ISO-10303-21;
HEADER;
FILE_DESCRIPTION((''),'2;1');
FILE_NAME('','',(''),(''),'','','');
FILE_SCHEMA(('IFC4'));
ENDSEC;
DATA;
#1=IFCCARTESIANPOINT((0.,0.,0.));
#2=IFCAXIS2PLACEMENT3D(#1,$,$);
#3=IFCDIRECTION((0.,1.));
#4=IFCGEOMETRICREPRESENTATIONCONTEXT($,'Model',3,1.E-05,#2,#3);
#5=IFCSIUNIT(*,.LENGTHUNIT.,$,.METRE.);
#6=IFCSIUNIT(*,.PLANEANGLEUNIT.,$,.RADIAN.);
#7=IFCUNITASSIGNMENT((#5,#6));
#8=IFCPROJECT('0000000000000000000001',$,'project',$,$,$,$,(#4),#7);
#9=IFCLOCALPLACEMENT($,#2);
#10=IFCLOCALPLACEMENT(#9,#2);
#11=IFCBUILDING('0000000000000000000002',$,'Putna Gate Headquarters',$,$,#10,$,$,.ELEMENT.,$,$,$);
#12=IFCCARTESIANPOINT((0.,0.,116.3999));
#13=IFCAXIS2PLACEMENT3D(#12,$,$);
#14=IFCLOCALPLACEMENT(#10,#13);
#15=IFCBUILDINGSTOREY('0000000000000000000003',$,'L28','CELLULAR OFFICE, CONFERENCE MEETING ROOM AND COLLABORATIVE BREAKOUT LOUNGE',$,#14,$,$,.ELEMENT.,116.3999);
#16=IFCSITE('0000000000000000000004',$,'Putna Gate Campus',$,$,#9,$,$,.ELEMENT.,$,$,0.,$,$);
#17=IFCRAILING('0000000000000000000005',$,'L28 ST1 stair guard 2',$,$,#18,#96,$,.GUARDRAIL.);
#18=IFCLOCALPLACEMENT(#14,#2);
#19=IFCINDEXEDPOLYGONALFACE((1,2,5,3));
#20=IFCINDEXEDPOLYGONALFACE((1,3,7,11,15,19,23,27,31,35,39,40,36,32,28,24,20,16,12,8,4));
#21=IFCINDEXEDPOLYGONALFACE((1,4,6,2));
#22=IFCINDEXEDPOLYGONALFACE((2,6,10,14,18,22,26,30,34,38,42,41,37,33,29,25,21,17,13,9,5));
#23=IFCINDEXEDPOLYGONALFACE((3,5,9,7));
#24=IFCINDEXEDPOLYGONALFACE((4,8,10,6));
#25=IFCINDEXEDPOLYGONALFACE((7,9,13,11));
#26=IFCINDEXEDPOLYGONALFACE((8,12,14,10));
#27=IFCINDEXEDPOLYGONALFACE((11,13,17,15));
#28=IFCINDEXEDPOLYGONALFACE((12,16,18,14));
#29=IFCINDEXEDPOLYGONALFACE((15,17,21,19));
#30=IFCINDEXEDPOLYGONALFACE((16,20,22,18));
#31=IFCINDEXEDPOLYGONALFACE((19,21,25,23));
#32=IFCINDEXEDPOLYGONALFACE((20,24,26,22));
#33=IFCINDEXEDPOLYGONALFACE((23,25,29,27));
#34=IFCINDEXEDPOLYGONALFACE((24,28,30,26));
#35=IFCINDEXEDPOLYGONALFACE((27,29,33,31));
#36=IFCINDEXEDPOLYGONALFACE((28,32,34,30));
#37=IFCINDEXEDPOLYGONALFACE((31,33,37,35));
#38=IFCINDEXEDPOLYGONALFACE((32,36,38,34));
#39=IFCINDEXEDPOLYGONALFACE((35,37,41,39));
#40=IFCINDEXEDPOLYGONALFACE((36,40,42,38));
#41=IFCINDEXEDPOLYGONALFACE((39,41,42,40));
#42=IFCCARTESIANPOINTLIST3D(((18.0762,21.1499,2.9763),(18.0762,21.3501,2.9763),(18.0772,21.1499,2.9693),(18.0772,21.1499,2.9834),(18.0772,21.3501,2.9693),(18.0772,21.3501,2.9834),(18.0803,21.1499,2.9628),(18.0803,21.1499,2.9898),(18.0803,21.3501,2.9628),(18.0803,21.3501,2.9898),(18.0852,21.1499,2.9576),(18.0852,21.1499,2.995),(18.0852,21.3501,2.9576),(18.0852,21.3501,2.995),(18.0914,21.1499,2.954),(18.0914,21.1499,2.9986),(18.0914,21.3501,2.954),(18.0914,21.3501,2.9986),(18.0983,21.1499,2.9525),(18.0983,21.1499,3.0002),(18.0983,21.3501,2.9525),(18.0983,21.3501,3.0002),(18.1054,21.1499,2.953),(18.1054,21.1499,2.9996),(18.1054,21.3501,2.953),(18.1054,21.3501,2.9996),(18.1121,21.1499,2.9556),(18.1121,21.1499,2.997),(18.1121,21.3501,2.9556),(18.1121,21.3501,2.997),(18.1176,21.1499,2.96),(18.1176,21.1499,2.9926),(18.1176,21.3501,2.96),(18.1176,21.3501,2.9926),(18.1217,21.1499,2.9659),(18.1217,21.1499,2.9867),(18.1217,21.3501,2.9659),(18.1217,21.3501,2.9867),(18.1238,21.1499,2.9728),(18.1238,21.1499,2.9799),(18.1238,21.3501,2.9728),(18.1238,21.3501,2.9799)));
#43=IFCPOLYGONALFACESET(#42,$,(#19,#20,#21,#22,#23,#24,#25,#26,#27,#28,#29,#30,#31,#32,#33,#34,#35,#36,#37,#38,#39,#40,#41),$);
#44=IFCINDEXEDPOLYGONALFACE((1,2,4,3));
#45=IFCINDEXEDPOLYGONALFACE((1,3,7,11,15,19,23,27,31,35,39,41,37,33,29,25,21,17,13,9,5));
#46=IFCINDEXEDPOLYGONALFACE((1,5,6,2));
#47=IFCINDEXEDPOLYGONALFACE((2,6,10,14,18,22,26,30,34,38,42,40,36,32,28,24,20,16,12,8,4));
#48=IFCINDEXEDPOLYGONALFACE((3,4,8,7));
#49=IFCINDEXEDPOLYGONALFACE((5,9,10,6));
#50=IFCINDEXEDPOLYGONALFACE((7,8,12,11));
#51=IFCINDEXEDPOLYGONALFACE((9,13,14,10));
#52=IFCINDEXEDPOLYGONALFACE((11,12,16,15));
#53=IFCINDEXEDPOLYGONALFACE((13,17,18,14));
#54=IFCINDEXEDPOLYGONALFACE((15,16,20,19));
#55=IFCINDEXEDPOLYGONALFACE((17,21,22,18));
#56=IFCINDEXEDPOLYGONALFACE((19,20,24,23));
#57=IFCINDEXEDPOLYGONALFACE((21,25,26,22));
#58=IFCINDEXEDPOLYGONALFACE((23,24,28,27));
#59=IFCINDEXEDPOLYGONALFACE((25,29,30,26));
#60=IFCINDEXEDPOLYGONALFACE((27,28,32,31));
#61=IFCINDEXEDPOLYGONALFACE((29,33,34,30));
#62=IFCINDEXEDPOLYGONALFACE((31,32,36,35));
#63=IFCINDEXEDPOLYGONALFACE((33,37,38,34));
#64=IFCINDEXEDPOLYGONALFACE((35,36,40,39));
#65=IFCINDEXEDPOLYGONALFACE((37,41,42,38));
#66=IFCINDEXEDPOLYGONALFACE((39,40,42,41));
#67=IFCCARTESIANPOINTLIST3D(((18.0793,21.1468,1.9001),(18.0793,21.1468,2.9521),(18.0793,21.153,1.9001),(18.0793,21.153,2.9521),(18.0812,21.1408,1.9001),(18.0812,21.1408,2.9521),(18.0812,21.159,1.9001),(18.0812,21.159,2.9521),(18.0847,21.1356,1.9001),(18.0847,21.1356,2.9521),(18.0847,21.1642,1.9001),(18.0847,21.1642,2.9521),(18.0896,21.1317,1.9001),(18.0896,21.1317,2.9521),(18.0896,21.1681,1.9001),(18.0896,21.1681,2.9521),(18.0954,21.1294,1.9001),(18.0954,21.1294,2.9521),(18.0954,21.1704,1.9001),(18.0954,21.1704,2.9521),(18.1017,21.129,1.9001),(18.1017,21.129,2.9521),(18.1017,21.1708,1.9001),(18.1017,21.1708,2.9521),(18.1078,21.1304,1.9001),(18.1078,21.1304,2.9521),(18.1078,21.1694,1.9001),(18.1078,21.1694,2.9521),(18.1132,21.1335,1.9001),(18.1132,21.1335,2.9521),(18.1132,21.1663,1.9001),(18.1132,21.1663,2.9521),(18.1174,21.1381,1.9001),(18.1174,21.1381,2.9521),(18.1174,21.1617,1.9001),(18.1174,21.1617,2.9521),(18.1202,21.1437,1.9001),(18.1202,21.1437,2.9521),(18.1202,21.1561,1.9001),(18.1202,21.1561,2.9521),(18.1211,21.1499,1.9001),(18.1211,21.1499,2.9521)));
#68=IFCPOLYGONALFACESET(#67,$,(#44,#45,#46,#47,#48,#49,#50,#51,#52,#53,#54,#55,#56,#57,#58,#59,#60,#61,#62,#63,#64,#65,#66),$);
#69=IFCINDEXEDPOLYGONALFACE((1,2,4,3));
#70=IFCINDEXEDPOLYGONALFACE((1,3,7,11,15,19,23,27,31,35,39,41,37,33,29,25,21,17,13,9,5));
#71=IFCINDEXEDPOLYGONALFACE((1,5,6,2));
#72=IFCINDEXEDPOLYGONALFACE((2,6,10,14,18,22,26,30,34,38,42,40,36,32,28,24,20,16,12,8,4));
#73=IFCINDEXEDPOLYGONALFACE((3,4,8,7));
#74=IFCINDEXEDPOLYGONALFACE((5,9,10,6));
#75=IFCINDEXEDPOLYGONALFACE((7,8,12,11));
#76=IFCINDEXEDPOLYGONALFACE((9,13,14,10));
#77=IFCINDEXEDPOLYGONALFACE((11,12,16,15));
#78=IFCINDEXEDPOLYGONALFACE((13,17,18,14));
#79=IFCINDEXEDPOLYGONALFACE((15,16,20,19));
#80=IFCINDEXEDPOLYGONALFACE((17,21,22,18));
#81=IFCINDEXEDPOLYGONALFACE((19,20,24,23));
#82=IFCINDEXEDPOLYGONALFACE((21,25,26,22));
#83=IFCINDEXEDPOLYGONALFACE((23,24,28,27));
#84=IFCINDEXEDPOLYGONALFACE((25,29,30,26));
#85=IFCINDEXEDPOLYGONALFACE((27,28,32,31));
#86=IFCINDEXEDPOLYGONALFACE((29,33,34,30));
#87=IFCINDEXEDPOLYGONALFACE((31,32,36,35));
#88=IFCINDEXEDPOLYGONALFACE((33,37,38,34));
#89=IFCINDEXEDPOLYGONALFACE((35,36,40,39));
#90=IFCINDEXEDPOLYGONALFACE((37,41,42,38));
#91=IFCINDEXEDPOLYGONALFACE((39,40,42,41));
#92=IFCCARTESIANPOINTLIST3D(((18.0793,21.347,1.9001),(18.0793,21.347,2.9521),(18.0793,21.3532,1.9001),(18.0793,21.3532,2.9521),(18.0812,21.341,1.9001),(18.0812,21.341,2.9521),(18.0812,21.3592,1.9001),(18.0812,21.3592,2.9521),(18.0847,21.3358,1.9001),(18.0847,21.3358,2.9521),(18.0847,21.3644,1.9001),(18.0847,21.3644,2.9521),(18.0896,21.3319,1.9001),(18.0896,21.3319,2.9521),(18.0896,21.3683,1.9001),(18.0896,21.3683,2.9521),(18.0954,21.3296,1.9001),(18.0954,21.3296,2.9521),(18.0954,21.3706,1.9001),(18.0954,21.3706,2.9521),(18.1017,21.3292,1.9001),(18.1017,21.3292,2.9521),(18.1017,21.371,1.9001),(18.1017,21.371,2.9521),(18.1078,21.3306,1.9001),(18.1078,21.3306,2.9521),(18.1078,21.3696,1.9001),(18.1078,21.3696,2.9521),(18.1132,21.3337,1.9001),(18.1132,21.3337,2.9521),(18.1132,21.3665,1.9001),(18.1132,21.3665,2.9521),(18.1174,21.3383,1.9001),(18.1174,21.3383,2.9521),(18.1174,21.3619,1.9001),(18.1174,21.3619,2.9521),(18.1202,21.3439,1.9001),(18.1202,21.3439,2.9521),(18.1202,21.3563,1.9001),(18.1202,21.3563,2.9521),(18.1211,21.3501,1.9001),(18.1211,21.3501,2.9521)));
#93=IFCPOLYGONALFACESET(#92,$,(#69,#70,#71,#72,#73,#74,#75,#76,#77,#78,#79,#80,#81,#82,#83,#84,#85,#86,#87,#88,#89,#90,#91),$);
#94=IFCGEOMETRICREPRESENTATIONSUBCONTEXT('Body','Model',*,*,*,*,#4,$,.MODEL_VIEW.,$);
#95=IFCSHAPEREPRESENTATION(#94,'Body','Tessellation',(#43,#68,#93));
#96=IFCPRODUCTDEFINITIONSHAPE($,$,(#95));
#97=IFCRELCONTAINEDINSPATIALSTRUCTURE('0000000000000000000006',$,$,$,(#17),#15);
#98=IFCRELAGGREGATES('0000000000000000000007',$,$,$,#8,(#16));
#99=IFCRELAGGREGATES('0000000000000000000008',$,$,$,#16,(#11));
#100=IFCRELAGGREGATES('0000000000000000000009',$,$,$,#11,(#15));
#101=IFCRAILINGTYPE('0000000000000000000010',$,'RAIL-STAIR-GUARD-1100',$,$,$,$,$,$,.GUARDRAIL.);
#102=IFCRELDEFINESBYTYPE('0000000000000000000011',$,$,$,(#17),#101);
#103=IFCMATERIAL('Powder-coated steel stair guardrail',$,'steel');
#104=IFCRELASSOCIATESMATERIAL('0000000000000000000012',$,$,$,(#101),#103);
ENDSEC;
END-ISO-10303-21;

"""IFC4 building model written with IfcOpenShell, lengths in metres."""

from ifc_helpers import new_model, si_unit, direction, frame, origin, origin_2d, place, context, subcontext, project, spatial, circle, extrude, material, type_object, element, save


model = new_model("IFC4")

# Units and contexts
model_context = context("Model", 3, precision=1e-05, world=origin(), true_north=direction((0.0, 1.0)))
body_context = subcontext(model_context, "Body", "Model", "MODEL_VIEW")
ifc_project = project(units=[si_unit("LENGTHUNIT", "METRE"), si_unit("PLANEANGLEUNIT", "RADIAN")], contexts=[model_context])

# Site, building, storey
site_placement = place(None, origin())
site = spatial("IfcSite", under=ifc_project, at=site_placement, Name="Putna Gate Campus", CompositionType="ELEMENT", RefElevation=0.0)
building_placement = place(site_placement, origin())
building = spatial("IfcBuilding", under=site, at=building_placement, Name="Putna Gate Headquarters", CompositionType="ELEMENT")
storey_placement = place(building_placement, frame((0.0, 0.0, 116.3999)))
storey = spatial("IfcBuildingStorey", under=building, at=storey_placement, Name="L28", Description="CELLULAR OFFICE, CONFERENCE MEETING ROOM AND COLLABORATIVE BREAKOUT LOUNGE", CompositionType="ELEMENT", Elevation=116.3999)

# Railing
ifc_material_1 = material(Name="Powder-coated steel stair guardrail", Category="steel")
railing_type_1 = type_object("IfcRailingType", Name="RAIL-STAIR-GUARD-1100", PredefinedType="GUARDRAIL", material=ifc_material_1)
railing_1_placement = place(storey_placement, frame((18.1001, 21.1499, 1.9001)))
element("IfcRailing", 1, at=railing_1_placement, inside=storey, type_object=railing_type_1, Name="L28 ST1 stair guard 2", PredefinedType="GUARDRAIL", context=body_context, shape_type="SweptSolid", body=[
    extrude(circle(Radius=0.0239, at=origin_2d()), frame((0.0, 0.0, 1.0762), z_axis=(0.0, 1.0, 0.0), x_axis=(-1.0, 0.0, 0.0)), (0.0, 0.0, 1.0), 0.2002),
    extrude(circle(Radius=0.021, at=origin_2d()), origin(), (0.0, 0.0, 1.0), 1.052),
    extrude(circle(Radius=0.021, at=origin_2d()), frame((0.0, 0.2002, 0.0)), (0.0, 0.0, 1.0), 1.052),
])

save(model, "model.ifc")
